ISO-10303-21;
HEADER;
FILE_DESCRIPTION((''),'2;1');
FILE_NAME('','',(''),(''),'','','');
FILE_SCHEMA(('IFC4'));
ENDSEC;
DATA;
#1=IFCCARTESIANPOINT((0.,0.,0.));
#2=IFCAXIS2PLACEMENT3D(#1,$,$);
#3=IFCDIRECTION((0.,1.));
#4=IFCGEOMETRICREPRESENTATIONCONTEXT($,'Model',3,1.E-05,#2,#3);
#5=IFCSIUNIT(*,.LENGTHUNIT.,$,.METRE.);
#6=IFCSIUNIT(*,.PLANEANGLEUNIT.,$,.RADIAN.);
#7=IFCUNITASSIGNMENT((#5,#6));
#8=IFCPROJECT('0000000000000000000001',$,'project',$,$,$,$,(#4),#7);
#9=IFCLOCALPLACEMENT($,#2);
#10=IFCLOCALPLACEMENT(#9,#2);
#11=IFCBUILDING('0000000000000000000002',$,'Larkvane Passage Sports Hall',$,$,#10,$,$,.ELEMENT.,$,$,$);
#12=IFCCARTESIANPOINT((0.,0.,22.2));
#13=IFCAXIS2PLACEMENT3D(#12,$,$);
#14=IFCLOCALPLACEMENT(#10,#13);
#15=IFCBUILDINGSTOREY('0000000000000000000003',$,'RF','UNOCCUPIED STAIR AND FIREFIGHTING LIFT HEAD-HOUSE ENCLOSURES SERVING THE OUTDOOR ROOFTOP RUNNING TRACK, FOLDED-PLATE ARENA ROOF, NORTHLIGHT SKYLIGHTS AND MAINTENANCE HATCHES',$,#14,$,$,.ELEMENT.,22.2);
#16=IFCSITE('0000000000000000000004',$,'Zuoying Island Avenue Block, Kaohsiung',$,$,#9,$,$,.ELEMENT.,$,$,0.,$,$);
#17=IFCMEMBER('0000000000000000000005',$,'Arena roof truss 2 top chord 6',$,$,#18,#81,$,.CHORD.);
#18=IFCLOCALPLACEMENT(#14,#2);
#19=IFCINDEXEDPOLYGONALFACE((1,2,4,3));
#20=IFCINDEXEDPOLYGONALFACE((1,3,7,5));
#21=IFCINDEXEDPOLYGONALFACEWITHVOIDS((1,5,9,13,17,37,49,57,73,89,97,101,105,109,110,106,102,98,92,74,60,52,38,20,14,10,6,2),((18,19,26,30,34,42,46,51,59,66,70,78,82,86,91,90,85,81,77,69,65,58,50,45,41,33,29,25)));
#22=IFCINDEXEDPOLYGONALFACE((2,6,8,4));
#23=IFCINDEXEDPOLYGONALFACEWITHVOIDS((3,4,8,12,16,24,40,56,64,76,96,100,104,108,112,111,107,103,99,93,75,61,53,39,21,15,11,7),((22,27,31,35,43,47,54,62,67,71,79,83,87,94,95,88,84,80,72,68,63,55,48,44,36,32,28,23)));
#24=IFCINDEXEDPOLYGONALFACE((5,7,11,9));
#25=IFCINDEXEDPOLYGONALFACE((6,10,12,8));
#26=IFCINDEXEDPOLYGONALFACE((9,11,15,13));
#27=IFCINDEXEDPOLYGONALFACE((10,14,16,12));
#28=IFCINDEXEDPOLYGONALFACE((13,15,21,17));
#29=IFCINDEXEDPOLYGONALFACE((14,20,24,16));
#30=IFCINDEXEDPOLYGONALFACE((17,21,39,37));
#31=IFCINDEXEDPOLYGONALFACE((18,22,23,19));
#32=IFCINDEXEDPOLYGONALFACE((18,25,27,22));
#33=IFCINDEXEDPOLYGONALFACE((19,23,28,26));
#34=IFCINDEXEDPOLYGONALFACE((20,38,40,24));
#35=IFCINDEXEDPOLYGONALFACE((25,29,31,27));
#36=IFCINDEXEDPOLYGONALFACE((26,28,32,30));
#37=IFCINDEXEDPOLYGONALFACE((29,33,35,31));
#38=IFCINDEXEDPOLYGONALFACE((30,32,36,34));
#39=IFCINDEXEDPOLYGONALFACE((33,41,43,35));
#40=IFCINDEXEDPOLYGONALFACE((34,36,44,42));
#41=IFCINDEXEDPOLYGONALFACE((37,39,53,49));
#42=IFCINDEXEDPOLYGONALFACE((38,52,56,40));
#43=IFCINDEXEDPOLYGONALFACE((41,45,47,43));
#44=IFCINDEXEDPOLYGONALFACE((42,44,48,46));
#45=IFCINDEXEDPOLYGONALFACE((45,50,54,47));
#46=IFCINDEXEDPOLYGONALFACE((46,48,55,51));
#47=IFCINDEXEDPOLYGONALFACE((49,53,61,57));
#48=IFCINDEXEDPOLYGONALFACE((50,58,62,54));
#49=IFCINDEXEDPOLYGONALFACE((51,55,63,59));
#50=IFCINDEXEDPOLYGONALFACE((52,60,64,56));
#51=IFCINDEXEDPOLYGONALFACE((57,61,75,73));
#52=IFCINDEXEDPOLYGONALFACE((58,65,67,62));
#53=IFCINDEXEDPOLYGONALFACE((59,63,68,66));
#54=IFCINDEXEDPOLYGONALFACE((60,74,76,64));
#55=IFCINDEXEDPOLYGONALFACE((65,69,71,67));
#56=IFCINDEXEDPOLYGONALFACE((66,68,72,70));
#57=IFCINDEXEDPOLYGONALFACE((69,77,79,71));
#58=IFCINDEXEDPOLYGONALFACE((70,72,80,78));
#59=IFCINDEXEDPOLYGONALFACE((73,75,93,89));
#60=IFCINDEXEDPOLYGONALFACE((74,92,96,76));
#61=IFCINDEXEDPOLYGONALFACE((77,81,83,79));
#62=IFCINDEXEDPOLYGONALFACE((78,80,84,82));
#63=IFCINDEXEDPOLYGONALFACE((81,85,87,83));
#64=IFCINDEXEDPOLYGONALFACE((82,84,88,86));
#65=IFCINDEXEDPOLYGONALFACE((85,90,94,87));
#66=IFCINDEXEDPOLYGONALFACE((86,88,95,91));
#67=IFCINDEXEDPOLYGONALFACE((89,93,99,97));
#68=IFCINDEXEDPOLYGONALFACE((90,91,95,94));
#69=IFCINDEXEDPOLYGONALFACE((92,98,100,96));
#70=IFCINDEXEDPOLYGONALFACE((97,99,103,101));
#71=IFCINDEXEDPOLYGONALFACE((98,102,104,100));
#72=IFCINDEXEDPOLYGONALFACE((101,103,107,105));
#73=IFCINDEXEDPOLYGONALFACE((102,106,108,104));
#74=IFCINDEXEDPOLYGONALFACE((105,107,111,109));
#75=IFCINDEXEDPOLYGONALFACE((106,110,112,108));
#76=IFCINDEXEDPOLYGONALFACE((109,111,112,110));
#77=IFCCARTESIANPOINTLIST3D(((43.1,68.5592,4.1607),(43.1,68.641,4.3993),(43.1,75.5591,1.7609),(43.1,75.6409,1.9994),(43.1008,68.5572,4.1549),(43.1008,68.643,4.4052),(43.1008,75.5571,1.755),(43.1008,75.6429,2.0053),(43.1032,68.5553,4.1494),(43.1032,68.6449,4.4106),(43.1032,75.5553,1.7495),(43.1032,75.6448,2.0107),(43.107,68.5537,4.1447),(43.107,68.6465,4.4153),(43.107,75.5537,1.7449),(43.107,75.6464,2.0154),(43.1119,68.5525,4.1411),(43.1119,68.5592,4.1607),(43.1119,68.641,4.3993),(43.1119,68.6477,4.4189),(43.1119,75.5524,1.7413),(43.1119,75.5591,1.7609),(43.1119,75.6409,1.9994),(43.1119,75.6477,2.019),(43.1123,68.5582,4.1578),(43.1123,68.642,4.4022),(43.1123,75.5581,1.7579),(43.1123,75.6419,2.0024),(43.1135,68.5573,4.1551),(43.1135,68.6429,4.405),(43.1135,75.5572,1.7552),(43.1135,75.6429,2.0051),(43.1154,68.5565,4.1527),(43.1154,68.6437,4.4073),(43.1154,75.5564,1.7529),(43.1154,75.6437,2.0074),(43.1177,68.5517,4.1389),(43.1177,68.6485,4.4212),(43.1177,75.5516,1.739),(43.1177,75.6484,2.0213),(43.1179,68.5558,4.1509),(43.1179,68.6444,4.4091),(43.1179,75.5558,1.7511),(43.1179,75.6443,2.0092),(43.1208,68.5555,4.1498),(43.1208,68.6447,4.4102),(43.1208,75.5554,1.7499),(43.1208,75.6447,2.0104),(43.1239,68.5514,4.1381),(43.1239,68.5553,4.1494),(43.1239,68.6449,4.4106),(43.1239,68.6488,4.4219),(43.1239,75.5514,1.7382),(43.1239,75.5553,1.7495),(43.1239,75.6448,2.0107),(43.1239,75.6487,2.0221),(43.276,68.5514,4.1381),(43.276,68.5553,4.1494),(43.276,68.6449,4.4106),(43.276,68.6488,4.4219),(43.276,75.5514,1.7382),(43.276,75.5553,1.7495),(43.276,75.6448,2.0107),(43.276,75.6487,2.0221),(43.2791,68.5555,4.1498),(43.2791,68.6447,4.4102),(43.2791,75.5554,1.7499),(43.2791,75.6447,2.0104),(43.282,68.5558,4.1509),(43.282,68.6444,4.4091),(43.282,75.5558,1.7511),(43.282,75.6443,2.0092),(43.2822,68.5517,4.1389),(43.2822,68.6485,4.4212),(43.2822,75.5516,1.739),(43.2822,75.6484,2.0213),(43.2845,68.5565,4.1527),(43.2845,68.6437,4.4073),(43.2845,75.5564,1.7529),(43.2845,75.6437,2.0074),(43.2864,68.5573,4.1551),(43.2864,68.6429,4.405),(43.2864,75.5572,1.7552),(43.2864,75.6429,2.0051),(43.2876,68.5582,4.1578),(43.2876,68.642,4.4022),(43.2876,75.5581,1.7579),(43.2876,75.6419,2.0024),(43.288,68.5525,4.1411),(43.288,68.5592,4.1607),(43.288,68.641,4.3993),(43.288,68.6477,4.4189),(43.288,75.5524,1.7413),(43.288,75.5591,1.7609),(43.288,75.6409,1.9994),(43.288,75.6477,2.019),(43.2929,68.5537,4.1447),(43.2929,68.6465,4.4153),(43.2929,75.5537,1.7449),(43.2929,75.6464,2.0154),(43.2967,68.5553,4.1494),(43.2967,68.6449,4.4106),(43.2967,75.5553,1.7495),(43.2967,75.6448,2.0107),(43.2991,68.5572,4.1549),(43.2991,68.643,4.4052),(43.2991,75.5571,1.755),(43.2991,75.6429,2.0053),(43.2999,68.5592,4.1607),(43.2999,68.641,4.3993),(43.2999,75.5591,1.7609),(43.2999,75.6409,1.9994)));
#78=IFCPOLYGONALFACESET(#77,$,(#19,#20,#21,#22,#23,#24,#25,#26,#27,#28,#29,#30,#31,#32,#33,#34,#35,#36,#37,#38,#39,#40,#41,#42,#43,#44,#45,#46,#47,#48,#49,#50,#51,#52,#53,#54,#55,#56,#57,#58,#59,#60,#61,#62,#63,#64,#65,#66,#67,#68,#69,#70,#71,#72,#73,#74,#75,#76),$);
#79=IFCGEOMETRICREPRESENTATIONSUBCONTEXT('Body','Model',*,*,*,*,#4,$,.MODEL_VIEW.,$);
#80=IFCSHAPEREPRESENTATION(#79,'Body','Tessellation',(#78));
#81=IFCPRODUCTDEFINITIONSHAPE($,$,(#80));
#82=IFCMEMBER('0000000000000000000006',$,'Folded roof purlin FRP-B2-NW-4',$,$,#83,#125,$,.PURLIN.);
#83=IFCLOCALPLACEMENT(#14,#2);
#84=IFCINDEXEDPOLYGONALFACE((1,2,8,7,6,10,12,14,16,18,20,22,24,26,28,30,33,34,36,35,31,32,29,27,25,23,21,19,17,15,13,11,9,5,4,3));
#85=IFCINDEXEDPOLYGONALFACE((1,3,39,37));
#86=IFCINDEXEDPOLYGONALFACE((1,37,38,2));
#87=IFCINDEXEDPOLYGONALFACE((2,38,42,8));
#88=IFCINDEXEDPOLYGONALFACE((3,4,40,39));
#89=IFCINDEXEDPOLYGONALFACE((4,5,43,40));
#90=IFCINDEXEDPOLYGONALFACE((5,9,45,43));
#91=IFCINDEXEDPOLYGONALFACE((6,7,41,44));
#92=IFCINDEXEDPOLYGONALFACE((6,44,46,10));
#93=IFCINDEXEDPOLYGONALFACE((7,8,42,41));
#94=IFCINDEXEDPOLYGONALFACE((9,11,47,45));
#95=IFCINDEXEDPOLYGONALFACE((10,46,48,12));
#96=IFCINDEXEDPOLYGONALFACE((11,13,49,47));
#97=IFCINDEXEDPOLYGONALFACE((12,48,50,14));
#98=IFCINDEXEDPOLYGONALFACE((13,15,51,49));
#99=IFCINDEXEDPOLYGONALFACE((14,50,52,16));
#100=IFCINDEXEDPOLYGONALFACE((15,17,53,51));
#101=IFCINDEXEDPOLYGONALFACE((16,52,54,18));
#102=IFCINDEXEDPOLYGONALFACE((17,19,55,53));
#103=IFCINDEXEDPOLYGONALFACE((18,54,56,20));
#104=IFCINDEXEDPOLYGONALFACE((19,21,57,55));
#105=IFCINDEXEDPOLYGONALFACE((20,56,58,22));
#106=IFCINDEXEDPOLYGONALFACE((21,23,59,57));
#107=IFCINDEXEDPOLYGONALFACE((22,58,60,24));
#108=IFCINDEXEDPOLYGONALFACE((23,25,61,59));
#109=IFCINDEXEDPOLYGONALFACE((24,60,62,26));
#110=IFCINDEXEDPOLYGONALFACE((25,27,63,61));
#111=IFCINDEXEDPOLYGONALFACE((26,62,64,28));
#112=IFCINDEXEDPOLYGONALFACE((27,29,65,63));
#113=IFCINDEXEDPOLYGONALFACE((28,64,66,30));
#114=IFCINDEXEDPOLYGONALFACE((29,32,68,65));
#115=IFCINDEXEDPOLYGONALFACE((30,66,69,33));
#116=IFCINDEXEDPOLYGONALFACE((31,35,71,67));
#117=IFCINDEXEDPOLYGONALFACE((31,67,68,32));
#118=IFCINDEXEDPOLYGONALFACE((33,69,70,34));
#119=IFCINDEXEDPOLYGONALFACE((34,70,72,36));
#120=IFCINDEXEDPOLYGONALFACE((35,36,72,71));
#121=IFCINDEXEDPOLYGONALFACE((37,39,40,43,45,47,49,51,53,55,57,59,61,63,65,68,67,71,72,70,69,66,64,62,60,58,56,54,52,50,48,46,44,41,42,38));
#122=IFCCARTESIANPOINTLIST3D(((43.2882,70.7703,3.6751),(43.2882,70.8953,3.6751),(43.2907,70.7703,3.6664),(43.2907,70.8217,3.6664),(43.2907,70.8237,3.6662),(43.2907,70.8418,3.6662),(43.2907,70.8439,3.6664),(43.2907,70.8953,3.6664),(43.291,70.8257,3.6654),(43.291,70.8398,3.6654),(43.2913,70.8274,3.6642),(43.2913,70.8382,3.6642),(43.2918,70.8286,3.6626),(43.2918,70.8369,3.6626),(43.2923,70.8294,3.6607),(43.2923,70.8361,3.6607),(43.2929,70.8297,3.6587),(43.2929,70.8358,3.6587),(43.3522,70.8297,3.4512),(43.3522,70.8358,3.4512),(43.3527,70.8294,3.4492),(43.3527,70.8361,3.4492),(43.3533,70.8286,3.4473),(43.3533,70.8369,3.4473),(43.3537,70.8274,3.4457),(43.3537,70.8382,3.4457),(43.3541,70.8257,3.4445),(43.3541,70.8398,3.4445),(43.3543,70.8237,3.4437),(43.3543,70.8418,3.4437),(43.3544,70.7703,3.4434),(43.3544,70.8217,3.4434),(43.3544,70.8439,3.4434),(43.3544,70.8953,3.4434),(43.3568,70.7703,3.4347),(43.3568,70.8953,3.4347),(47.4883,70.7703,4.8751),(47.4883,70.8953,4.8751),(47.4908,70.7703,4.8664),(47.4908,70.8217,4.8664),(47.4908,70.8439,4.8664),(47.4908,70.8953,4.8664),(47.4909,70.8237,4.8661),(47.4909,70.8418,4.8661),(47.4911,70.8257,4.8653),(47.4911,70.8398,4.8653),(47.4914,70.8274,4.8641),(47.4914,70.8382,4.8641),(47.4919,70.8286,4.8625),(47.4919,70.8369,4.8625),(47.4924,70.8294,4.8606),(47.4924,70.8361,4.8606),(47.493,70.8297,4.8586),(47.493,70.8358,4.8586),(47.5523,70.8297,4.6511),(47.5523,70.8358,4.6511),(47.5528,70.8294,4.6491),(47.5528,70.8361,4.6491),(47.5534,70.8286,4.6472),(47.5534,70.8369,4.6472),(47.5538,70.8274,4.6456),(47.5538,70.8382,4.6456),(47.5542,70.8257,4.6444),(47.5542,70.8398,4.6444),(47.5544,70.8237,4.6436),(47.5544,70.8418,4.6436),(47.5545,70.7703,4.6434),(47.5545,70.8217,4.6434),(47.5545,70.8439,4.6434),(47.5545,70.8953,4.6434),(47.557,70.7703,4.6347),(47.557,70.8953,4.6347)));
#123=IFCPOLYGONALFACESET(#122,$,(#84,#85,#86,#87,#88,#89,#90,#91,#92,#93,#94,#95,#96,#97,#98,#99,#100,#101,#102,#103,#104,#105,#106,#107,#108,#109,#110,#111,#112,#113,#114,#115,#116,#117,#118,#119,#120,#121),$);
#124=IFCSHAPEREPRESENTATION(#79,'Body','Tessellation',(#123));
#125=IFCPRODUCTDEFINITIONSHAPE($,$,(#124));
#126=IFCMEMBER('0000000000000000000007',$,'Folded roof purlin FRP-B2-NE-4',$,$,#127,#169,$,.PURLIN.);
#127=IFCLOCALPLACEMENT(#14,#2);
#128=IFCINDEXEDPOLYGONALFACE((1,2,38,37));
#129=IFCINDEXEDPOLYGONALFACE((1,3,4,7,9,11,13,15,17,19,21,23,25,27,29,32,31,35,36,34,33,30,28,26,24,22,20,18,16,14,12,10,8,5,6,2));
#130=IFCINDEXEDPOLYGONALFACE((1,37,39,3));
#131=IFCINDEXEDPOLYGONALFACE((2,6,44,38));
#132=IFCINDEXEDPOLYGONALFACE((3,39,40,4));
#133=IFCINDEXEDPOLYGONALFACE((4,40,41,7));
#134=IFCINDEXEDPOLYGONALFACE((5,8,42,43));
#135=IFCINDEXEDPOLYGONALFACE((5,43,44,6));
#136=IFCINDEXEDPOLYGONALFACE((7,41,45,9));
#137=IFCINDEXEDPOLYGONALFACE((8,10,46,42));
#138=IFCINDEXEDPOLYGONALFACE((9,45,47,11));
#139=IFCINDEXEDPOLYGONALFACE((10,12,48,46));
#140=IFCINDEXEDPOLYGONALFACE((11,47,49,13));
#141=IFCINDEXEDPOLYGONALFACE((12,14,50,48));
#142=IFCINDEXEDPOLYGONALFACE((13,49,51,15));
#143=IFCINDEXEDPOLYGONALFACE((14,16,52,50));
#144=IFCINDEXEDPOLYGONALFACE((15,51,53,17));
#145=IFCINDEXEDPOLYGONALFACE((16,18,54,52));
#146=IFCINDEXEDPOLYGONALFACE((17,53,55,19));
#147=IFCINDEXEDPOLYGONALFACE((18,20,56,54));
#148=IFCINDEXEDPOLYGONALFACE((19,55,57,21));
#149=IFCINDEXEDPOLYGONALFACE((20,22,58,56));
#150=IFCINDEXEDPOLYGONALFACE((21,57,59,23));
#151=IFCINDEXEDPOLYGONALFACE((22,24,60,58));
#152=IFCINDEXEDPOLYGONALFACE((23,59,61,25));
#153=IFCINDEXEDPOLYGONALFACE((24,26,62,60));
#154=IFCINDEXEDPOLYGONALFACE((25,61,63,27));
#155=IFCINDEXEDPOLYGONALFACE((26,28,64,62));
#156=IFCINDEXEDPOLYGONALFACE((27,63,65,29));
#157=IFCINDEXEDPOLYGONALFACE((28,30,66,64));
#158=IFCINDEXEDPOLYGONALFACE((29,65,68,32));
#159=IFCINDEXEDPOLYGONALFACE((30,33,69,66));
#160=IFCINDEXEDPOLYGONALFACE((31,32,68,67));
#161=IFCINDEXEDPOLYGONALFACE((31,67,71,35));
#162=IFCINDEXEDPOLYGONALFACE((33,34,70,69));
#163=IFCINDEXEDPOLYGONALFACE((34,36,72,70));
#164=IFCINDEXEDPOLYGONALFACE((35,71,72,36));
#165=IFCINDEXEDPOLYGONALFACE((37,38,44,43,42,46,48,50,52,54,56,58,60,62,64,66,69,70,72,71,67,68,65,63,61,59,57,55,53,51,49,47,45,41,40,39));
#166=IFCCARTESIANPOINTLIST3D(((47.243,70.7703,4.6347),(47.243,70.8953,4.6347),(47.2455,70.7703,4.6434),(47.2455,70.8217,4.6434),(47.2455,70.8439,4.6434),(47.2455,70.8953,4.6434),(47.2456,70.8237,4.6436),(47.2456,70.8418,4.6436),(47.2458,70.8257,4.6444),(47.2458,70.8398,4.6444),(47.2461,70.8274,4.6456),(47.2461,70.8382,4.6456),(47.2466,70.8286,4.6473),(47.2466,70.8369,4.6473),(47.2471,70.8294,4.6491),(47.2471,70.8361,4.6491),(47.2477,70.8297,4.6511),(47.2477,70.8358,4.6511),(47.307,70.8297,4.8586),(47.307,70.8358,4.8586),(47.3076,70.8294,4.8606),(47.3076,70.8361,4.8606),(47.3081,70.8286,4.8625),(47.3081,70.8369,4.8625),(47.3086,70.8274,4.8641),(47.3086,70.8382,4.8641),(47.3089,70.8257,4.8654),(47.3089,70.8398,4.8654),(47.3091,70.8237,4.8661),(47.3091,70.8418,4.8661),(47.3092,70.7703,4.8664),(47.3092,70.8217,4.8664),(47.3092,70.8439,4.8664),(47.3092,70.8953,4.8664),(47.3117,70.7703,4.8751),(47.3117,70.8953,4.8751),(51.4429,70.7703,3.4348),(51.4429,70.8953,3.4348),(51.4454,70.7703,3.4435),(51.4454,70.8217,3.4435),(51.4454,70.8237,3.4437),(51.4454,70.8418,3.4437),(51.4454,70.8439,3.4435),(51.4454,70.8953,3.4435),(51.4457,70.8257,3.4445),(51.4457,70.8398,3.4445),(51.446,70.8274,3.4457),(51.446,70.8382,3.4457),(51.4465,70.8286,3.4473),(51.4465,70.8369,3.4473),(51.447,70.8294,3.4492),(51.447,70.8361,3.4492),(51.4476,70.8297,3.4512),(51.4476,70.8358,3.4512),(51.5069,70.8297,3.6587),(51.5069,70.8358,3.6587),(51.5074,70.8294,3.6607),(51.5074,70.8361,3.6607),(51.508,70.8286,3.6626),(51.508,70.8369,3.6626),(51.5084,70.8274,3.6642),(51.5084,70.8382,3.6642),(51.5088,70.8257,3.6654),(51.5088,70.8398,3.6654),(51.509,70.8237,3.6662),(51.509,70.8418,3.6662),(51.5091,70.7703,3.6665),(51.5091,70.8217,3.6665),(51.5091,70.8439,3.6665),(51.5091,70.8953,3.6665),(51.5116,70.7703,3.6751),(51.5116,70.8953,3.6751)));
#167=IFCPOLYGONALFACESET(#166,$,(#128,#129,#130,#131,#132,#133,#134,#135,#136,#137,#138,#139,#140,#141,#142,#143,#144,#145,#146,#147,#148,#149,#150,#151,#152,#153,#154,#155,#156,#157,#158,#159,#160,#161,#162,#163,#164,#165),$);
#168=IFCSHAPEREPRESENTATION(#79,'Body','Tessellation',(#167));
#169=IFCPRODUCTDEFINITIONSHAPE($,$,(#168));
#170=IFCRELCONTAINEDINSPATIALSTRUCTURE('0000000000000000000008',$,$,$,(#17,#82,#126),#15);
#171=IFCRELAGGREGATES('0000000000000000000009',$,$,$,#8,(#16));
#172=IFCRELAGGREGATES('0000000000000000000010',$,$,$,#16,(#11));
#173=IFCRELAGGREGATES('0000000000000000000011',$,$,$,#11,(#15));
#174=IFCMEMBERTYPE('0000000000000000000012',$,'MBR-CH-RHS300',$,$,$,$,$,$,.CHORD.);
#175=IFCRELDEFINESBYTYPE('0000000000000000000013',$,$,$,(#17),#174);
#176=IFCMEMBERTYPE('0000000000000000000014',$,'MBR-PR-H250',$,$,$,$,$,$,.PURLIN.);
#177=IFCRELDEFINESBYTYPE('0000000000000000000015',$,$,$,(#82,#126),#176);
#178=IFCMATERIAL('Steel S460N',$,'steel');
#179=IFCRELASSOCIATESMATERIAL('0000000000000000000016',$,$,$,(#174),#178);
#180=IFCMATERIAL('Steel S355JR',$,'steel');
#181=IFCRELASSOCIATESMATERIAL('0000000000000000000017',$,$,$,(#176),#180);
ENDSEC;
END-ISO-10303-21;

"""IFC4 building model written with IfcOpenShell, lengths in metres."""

from ifc_helpers import new_model, si_unit, direction, frame, origin, origin_2d, place, context, subcontext, project, spatial, hollow_rectangle, i_section, extrude, material, material_profile, profile_set, type_object, element, save


model = new_model("IFC4")

# Units and contexts
model_context = context("Model", 3, precision=1e-05, world=origin(), true_north=direction((0.0, 1.0)))
body_context = subcontext(model_context, "Body", "Model", "MODEL_VIEW")
ifc_project = project(units=[si_unit("LENGTHUNIT", "METRE"), si_unit("PLANEANGLEUNIT", "RADIAN")], contexts=[model_context])

# Site, building, storey
site_placement = place(None, origin())
site = spatial("IfcSite", under=ifc_project, at=site_placement, Name="Zuoying Island Avenue Block, Kaohsiung", CompositionType="ELEMENT", RefElevation=0.0)
building_placement = place(site_placement, origin())
building = spatial("IfcBuilding", under=site, at=building_placement, Name="Larkvane Passage Sports Hall", CompositionType="ELEMENT")
storey_placement = place(building_placement, frame((0.0, 0.0, 22.2)))
storey = spatial("IfcBuildingStorey", under=building, at=storey_placement, Name="RF", Description="UNOCCUPIED STAIR AND FIREFIGHTING LIFT HEAD-HOUSE ENCLOSURES SERVING THE OUTDOOR ROOFTOP RUNNING TRACK, FOLDED-PLATE ARENA ROOF, NORTHLIGHT SKYLIGHTS AND MAINTENANCE HATCHES", CompositionType="ELEMENT", Elevation=22.2)

# Shared definitions
ifc_material_1 = material(Name="Steel S460N", Category="steel")

# Shared definitions
ifc_material_2 = material(Name="Steel S355JR", Category="steel")

# Members
ifc_material_profile_1 = material_profile(ifc_material_1, hollow_rectangle(XDim=0.2, YDim=0.3, WallThickness=0.012, InnerFilletRadius=0.012, OuterFilletRadius=0.0239, at=origin_2d()), Name="RHS-300x200x12")
ifc_profile_set_1 = profile_set([ifc_material_profile_1], Name="Steel S460N")
member_type_1 = type_object("IfcMemberType", Name="MBR-CH-RHS300", PredefinedType="CHORD", material=ifc_profile_set_1)
member_1_placement = place(storey_placement, frame((43.2, 68.6001, 4.28), z_axis=(0.0, 0.94595, -0.324313), x_axis=(-1.0, 0.0, 0.0)))
element("IfcMember", 1, at=member_1_placement, inside=storey, type_object=member_type_1, Name="Arena roof truss 2 top chord 6", PredefinedType="CHORD", context=body_context, shape_type="SweptSolid", body=[
    extrude(hollow_rectangle(XDim=0.2, YDim=0.3, WallThickness=0.012, InnerFilletRadius=0.012, OuterFilletRadius=0.0239, at=origin_2d()), origin(), (0.0, 0.0, 1.0), 7.3999),
])
ifc_material_profile_2 = material_profile(ifc_material_2, i_section(OverallWidth=0.125, OverallDepth=0.25, WebThickness=0.0061, FlangeThickness=0.009, FilletRadius=0.0081, at=origin_2d()), Name="H-250x125x6x9")
ifc_profile_set_2 = profile_set([ifc_material_profile_2], Name="Steel S355JR")
member_type_2 = type_object("IfcMemberType", Name="MBR-PR-H250", PredefinedType="PURLIN", material=ifc_profile_set_2)
member_2_placement = place(storey_placement, frame((43.3225, 70.8328, 3.5549), z_axis=(0.96153, 0.0, 0.274699), x_axis=(0.0, 1.0, 0.0)))
element("IfcMember", 2, at=member_2_placement, inside=storey, type_object=member_type_2, Name="Folded roof purlin FRP-B2-NW-4", PredefinedType="PURLIN", context=body_context, shape_type="SweptSolid", body=[
    extrude(i_section(OverallWidth=0.125, OverallDepth=0.25, WebThickness=0.0061, FlangeThickness=0.009, FilletRadius=0.0081, at=origin_2d()), origin(), (0.0, 0.0, 1.0), 4.3682),
])
member_3_placement = place(storey_placement, frame((47.2773, 70.8328, 4.7549), z_axis=(0.961526, 0.0, -0.274714), x_axis=(0.0, 1.0, 0.0)))
element("IfcMember", 3, at=member_3_placement, inside=storey, type_object=member_type_2, Name="Folded roof purlin FRP-B2-NE-4", PredefinedType="PURLIN", context=body_context, shape_type="SweptSolid", body=[
    extrude(i_section(OverallWidth=0.125, OverallDepth=0.25, WebThickness=0.0061, FlangeThickness=0.009, FilletRadius=0.0081, at=origin_2d()), origin(), (0.0, 0.0, 1.0), 4.3679),
])

save(model, "model.ifc")
